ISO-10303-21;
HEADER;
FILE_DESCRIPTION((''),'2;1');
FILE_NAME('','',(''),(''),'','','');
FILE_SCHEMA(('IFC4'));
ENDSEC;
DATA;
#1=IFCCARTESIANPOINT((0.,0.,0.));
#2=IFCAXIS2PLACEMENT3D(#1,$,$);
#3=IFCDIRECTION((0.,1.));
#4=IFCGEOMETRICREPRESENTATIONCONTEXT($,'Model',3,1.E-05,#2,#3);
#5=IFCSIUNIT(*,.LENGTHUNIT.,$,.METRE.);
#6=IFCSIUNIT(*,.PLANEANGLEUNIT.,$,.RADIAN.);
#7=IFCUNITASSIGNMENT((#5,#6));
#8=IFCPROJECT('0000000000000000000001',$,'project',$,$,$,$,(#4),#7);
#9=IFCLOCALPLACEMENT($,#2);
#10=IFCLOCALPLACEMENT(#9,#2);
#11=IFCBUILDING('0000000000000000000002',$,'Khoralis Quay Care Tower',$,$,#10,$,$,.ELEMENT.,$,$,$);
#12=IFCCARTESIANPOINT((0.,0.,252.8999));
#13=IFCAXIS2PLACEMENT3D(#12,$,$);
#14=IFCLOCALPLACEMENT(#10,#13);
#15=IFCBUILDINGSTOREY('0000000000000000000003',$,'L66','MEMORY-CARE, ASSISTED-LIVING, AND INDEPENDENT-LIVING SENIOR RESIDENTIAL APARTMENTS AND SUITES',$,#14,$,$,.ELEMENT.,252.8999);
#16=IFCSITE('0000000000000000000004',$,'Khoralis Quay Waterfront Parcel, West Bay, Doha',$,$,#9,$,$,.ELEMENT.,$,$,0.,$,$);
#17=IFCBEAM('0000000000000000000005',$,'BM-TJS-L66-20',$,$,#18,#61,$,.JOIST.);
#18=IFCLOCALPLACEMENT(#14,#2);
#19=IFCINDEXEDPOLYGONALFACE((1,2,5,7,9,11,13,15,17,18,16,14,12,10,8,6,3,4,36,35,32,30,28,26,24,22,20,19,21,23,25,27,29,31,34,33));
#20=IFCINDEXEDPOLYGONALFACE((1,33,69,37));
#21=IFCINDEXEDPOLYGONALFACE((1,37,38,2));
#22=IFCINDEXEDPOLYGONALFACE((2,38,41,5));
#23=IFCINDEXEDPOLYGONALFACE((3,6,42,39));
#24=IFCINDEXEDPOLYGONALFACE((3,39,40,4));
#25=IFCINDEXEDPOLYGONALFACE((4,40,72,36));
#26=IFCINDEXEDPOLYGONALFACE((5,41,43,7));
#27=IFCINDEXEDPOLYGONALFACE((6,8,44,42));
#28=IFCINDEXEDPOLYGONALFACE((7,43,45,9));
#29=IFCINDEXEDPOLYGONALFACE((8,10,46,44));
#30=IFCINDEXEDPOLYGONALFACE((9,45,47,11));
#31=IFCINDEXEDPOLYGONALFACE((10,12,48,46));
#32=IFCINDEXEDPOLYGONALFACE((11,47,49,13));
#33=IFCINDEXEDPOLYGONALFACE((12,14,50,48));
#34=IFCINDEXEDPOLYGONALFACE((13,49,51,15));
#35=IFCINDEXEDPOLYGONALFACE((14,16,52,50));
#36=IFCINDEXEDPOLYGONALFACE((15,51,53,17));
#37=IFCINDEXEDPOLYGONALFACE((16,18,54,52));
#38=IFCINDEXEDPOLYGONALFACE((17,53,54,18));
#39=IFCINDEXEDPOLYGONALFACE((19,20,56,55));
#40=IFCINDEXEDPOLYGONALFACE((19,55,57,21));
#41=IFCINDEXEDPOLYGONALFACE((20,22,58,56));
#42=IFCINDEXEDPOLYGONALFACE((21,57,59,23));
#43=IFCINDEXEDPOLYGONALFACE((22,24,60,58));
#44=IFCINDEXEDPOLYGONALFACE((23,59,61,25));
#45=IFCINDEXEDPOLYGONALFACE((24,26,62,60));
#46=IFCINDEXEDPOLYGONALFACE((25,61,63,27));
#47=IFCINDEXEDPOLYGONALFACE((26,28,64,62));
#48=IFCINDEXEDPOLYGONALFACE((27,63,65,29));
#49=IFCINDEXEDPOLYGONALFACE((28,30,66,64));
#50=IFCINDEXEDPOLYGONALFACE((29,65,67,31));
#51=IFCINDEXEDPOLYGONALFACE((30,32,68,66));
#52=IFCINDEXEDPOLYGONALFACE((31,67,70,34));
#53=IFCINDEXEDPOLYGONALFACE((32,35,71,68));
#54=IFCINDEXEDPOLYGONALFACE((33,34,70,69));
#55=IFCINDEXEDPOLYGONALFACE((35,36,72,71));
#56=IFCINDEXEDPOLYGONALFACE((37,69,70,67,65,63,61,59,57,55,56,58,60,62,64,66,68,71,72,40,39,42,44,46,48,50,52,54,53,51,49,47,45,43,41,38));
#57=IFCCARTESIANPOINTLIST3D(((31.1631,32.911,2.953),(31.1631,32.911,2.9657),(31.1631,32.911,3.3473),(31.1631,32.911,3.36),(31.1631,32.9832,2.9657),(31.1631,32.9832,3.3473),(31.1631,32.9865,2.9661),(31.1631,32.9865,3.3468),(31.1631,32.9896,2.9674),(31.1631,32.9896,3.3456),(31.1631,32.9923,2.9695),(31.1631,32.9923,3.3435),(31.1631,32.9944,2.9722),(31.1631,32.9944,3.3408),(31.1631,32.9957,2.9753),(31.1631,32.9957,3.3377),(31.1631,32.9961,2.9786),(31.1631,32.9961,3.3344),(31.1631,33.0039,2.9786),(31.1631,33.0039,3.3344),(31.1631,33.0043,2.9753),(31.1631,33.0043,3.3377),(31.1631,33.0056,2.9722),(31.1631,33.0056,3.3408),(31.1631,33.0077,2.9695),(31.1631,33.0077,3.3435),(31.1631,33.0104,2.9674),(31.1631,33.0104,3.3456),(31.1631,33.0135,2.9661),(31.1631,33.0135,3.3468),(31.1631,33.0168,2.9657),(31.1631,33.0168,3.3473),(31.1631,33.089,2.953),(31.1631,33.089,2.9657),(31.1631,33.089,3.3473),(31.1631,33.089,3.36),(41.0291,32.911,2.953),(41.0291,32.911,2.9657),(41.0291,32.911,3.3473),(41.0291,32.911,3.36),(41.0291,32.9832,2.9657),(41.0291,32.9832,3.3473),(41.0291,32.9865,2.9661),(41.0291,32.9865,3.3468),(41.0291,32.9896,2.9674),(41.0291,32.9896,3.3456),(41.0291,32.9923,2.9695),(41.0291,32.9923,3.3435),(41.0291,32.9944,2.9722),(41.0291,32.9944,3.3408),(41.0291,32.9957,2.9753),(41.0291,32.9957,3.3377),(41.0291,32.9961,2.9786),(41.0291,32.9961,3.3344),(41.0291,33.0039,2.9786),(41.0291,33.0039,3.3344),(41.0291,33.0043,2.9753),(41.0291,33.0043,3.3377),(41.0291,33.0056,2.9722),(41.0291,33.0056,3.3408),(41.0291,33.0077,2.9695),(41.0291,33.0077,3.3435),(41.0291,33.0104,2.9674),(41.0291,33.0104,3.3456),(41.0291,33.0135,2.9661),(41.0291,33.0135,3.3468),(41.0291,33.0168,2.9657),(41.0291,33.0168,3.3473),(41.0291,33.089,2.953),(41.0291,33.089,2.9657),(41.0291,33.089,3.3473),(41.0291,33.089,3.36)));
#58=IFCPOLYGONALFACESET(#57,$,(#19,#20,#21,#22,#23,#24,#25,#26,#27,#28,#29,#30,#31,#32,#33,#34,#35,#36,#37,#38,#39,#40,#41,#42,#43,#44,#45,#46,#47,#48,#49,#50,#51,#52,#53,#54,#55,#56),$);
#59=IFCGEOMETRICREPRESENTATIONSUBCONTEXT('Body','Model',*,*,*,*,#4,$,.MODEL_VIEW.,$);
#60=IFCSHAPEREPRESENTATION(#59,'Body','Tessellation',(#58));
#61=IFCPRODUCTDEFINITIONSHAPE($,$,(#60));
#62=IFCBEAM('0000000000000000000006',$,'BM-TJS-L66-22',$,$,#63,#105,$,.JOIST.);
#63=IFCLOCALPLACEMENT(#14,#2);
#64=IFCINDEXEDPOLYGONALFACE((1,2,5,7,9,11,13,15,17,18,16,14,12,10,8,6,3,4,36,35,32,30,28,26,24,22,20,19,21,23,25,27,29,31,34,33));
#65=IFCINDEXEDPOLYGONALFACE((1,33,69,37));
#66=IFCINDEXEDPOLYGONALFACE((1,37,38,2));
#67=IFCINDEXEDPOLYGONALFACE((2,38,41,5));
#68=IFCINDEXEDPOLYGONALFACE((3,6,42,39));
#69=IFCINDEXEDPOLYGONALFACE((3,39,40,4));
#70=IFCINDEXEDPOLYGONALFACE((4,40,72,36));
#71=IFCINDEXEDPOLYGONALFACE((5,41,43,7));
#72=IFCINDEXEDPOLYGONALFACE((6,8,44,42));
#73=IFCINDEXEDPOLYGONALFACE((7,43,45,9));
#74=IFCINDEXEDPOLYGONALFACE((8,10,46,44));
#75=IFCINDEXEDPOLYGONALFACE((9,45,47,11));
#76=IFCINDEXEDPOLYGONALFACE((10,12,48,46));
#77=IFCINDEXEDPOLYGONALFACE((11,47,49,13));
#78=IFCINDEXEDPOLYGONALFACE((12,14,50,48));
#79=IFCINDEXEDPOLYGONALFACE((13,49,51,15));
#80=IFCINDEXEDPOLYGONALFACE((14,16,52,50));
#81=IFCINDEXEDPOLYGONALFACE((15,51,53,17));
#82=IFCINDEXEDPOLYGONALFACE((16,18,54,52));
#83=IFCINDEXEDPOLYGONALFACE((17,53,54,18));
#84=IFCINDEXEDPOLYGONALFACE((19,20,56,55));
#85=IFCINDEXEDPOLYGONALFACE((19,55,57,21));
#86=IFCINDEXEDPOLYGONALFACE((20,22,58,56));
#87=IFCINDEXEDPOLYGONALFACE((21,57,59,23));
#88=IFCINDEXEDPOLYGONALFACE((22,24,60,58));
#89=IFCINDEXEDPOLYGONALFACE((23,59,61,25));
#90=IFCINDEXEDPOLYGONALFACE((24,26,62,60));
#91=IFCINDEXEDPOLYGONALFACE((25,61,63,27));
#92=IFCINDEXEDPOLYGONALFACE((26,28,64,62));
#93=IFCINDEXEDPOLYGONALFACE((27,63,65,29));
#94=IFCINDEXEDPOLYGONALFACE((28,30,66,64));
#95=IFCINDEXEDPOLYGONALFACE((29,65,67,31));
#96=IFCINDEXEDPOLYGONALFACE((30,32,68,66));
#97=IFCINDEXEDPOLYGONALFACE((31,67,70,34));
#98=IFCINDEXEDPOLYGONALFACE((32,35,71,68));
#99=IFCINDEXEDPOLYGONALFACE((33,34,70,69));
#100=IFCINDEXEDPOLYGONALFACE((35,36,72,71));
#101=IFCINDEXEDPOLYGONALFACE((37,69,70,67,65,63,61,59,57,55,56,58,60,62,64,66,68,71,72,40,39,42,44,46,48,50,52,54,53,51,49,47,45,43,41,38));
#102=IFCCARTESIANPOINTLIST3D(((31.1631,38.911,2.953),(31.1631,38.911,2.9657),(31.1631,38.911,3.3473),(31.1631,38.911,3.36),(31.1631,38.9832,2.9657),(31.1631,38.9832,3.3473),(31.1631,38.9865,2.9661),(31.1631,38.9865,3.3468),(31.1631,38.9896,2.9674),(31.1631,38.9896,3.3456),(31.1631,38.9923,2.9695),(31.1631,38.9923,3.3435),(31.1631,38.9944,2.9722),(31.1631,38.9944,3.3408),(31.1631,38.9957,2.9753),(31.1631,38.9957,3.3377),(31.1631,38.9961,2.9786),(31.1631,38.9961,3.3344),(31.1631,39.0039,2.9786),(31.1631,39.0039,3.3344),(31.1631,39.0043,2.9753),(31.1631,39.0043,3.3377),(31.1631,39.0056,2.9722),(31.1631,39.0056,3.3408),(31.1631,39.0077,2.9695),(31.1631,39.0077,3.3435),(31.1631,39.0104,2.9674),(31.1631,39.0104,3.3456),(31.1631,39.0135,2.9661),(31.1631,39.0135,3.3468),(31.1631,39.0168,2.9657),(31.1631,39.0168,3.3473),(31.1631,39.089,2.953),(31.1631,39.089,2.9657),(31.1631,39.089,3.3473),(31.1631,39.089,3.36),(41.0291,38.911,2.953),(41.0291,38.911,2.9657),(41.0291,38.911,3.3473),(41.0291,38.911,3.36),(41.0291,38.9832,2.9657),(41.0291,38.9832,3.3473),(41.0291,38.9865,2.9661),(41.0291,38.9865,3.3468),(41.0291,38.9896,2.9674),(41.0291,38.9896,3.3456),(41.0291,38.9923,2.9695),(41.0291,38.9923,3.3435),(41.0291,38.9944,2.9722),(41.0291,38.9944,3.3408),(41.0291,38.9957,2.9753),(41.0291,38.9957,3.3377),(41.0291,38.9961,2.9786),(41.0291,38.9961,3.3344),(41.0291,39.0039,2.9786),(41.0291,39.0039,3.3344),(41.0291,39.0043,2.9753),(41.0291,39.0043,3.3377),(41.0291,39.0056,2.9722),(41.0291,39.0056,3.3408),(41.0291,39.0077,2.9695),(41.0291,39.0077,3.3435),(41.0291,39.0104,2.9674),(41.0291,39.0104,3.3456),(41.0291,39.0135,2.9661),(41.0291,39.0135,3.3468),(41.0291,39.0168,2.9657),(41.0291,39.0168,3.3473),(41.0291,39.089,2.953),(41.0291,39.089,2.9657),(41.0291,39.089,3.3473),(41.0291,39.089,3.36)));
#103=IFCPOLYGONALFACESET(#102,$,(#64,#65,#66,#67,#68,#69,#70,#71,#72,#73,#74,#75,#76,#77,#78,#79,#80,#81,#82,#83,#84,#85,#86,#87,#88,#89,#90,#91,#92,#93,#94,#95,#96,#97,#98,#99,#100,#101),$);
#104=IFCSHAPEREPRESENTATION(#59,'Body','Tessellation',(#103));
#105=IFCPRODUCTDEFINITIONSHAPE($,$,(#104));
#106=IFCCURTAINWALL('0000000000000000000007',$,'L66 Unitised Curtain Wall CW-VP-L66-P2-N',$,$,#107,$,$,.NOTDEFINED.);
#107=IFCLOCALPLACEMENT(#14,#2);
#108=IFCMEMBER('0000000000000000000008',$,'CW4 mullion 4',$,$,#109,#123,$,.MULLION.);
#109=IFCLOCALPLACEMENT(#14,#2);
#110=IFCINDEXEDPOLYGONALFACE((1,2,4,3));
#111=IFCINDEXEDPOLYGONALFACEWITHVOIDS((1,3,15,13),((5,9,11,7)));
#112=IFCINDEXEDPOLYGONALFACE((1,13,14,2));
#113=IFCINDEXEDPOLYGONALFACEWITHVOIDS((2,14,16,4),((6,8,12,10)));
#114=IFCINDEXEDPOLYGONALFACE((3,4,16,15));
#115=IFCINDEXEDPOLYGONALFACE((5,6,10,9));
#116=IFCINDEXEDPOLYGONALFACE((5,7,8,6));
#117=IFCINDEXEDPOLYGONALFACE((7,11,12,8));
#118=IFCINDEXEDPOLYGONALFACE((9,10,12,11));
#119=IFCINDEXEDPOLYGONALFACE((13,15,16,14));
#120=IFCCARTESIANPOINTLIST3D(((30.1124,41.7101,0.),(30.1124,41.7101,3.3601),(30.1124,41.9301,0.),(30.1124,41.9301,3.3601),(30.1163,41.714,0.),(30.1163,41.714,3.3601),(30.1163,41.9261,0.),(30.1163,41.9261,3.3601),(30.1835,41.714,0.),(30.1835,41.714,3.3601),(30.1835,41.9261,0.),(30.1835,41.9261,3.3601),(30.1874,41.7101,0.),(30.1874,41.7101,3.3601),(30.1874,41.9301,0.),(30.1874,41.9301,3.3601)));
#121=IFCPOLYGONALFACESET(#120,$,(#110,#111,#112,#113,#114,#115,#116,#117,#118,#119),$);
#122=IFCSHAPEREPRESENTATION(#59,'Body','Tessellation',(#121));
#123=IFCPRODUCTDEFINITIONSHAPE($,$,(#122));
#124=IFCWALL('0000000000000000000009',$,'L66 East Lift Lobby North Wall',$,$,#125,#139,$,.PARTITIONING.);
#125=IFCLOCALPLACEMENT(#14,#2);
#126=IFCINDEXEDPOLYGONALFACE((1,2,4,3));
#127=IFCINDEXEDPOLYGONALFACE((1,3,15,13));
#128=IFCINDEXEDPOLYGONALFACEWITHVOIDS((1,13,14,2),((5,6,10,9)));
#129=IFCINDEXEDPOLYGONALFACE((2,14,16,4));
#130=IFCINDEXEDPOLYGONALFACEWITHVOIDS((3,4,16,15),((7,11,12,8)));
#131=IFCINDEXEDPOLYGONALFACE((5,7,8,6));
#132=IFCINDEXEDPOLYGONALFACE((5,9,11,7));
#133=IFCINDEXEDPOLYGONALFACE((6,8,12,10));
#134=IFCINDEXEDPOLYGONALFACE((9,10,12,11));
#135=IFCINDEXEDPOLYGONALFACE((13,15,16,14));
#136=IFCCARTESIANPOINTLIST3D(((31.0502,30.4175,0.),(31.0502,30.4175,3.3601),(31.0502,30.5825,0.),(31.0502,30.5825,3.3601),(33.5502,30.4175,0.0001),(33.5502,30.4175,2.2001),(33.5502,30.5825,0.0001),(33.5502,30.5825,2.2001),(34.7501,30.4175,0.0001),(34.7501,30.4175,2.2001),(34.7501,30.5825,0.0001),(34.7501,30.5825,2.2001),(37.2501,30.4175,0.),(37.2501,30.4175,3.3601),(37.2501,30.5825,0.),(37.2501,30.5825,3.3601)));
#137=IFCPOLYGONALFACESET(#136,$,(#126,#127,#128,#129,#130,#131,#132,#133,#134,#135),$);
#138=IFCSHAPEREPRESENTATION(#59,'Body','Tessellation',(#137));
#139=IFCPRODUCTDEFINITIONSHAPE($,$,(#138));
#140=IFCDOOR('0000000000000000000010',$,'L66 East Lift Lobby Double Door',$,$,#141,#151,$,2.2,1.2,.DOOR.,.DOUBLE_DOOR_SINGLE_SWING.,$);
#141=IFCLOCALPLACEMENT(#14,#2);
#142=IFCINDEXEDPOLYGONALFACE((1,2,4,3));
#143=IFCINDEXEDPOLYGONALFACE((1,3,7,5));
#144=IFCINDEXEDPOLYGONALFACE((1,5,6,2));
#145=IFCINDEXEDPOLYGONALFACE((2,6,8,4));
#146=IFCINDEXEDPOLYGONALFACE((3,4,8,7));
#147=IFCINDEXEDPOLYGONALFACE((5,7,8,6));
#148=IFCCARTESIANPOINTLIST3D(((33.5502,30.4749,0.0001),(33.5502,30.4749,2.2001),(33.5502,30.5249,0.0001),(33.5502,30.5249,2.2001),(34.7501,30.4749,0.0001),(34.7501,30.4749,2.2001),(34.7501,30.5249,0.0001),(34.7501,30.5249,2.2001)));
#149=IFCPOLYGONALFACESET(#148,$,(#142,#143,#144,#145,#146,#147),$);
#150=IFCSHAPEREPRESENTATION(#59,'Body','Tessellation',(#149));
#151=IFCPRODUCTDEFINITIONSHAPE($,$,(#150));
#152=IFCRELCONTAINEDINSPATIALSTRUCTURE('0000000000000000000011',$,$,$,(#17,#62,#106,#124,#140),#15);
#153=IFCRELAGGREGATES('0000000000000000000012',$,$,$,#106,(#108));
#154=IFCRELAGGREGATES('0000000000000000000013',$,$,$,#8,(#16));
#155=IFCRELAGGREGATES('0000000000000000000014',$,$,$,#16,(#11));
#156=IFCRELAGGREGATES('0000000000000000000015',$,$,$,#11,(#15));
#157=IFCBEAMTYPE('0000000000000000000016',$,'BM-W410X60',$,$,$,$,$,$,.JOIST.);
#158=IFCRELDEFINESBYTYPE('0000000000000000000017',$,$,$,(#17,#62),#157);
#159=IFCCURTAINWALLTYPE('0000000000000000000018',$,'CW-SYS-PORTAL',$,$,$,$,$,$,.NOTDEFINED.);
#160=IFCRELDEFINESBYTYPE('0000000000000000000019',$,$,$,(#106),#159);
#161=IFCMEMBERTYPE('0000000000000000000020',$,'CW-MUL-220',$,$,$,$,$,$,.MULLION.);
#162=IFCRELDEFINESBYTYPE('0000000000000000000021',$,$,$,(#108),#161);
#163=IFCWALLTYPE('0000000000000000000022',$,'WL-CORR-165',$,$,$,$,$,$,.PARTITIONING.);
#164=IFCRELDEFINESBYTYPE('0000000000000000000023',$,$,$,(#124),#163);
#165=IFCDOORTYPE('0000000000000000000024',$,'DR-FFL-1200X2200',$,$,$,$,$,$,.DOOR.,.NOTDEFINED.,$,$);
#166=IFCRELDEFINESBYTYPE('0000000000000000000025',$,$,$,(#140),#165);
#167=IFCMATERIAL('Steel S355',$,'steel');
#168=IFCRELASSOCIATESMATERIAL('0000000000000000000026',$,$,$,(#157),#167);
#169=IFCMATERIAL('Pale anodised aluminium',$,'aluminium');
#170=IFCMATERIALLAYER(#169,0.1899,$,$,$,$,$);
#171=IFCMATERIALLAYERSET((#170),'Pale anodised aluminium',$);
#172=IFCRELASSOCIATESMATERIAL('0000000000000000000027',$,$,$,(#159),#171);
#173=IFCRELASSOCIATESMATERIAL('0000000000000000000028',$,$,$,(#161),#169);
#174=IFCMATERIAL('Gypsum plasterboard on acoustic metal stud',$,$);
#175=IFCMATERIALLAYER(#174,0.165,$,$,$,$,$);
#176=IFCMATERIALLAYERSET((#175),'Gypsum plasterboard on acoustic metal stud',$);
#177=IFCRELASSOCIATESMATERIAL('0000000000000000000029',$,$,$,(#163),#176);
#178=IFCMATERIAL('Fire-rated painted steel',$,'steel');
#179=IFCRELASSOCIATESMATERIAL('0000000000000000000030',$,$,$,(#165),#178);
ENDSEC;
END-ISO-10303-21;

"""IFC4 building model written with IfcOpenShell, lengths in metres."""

from ifc_helpers import new_model, si_unit, direction, frame, frame_2d, origin, origin_2d, place, context, subcontext, project, spatial, rectangle, hollow_rectangle, i_section, extrude, source, transform, mapped, material, layer, layer_set, material_profile, profile_set, type_object, element, fill, aggregate, save


model = new_model("IFC4")

# Units and contexts
model_context = context("Model", 3, precision=1e-05, world=origin(), true_north=direction((0.0, 1.0)))
body_context = subcontext(model_context, "Body", "Model", "MODEL_VIEW")
ifc_project = project(units=[si_unit("LENGTHUNIT", "METRE"), si_unit("PLANEANGLEUNIT", "RADIAN")], contexts=[model_context])

# Site, building, storey
site_placement = place(None, origin())
site = spatial("IfcSite", under=ifc_project, at=site_placement, Name="Khoralis Quay Waterfront Parcel, West Bay, Doha", CompositionType="ELEMENT", RefElevation=0.0)
building_placement = place(site_placement, origin())
building = spatial("IfcBuilding", under=site, at=building_placement, Name="Khoralis Quay Care Tower", CompositionType="ELEMENT")
storey_placement = place(building_placement, frame((0.0, 0.0, 252.8999)))
storey = spatial("IfcBuildingStorey", under=building, at=storey_placement, Name="L66", Description="MEMORY-CARE, ASSISTED-LIVING, AND INDEPENDENT-LIVING SENIOR RESIDENTIAL APARTMENTS AND SUITES", CompositionType="ELEMENT", Elevation=252.8999)

# Beams
ifc_material_1 = material(Name="Steel S355", Category="steel")
ifc_material_profile_1 = material_profile(ifc_material_1, i_section(OverallWidth=0.178, OverallDepth=0.407, WebThickness=0.0078, FlangeThickness=0.0127, FilletRadius=0.0129, at=origin_2d()), Name="Steel S355")
ifc_profile_set_1 = profile_set([ifc_material_profile_1], Name="Steel S355")
beam_type_1 = type_object("IfcBeamType", Name="BM-W410X60", PredefinedType="JOIST", material=ifc_profile_set_1)
shared_shape_1 = source(origin(), body_context, "Body", "SweptSolid", [
    extrude(i_section(OverallWidth=0.178, OverallDepth=0.407, WebThickness=0.0078, FlangeThickness=0.0127, FilletRadius=0.0129, at=origin_2d()), origin(), (0.0, 0.0, 1.0), 9.866),
])
for number, where, z_axis, x_axis, name in (
    (1, (31.1631, 33.0, 3.1565), (1.0, 0.0, 0.0), (0.0, 1.0, 0.0), "BM-TJS-L66-20"),
    (2, (31.1631, 39.0, 3.1565), (1.0, 0.0, 0.0), (0.0, 1.0, 0.0), "BM-TJS-L66-22"),
):
    element("IfcBeam", number, at=place(storey_placement, frame(where, z_axis=z_axis, x_axis=x_axis)), inside=storey, type_object=beam_type_1, Name=name, PredefinedType="JOIST", context=body_context, shape_type="MappedRepresentation", body=[
        mapped(shared_shape_1, transform((0.0, 0.0, 0.0), scale=1.0)),
    ])

# Curtain wall, member
ifc_material_2 = material(Name="Pale anodised aluminium", Category="aluminium")
ifc_layer_1 = layer(ifc_material_2, 0.1899)
ifc_layer_set_1 = layer_set([ifc_layer_1], Name="Pale anodised aluminium")
curtain_wall_type = type_object("IfcCurtainWallType", Name="CW-SYS-PORTAL", PredefinedType="NOTDEFINED", material=ifc_layer_set_1)
curtain_wall_placement = place(storey_placement, origin())
curtain_wall = element("IfcCurtainWall", 3, at=curtain_wall_placement, inside=storey, type_object=curtain_wall_type, Name="L66 Unitised Curtain Wall CW-VP-L66-P2-N", PredefinedType="NOTDEFINED")
ifc_material_profile_2 = material_profile(ifc_material_2, hollow_rectangle(XDim=0.075, YDim=0.22, WallThickness=0.0039, at=origin_2d()), Name="Pale anodised aluminium")
ifc_profile_set_2 = profile_set([ifc_material_profile_2], Name="Pale anodised aluminium")
member_type = type_object("IfcMemberType", Name="CW-MUL-220", PredefinedType="MULLION", material=ifc_profile_set_2)
shared_shape_2 = source(origin(), body_context, "Body", "SweptSolid", [
    extrude(hollow_rectangle(XDim=0.075, YDim=0.22, WallThickness=0.0039, at=origin_2d()), origin(), (0.0, 0.0, 1.0), 3.3601),
])
member_placement = place(storey_placement, frame((30.1499, 41.8201, 0.0), z_axis=(0.0, 0.0, 1.0), x_axis=(-1.0, 0.0, 0.0)))
member = element("IfcMember", 4, at=member_placement, type_object=member_type, Name="CW4 mullion 4", PredefinedType="MULLION", context=body_context, shape_type="MappedRepresentation", body=[
    mapped(shared_shape_2, transform((0.0, 0.0, 0.0), scale=1.0)),
])
aggregate(curtain_wall, [member])

# Wall, opening, door
ifc_material_3 = material(Name="Gypsum plasterboard on acoustic metal stud")
ifc_layer_2 = layer(ifc_material_3, 0.165)
ifc_layer_set_2 = layer_set([ifc_layer_2], Name="Gypsum plasterboard on acoustic metal stud")
wall_type_1 = type_object("IfcWallType", Name="WL-CORR-165", PredefinedType="PARTITIONING", material=ifc_layer_set_2)
wall_1_placement = place(storey_placement, frame((31.05, 30.5, 0.0), z_axis=(0.0, 0.0, 1.0), x_axis=(1.0, 0.0, 0.0)))
wall_1 = element("IfcWall", 5, at=wall_1_placement, inside=storey, type_object=wall_type_1, Name="L66 East Lift Lobby North Wall", PredefinedType="PARTITIONING", context=body_context, shape_type="SweptSolid", body=[
    extrude(rectangle(XDim=6.2, YDim=0.165, at=frame_2d((3.1001, 0.0))), origin(), (0.0, 0.0, 1.0), 3.3601),
])
opening_1_placement = place(wall_1_placement, frame((2.5, 0.0, 0.0)))
opening_1 = element("IfcOpeningElement", 6, at=opening_1_placement, cuts=wall_1, PredefinedType="OPENING", context=body_context, shape_type="SweptSolid", body=[
    extrude(rectangle(XDim=1.2, YDim=2.2, at=frame_2d((0.6001, 1.1001))), frame((0.0, 0.0925, 0.0), z_axis=(0.0, -1.0, 0.0), x_axis=(1.0, 0.0, 0.0)), (0.0, 0.0, 1.0), 0.1851),
])
ifc_material_4 = material(Name="Fire-rated painted steel", Category="steel")
door_type_1 = type_object("IfcDoorType", Name="DR-FFL-1200X2200", OperationType="NOTDEFINED", PredefinedType="DOOR", material=ifc_material_4)
shared_shape_3 = source(origin(), body_context, "Body", "SweptSolid", [
    extrude(rectangle(XDim=1.2, YDim=2.2, at=frame_2d((0.6001, 1.1001))), frame((0.0, 0.0249, 0.0), z_axis=(0.0, -1.0, 0.0), x_axis=(1.0, 0.0, 0.0)), (0.0, 0.0, 1.0), 0.05),
])
door_1_placement = place(opening_1_placement, origin())
door_1 = element("IfcDoor", 7, at=door_1_placement, inside=storey, type_object=door_type_1, Name="L66 East Lift Lobby Double Door", OperationType="DOUBLE_DOOR_SINGLE_SWING", OverallHeight=2.2, OverallWidth=1.2, PredefinedType="DOOR", context=body_context, shape_type="MappedRepresentation", body=[
    mapped(shared_shape_3, transform((0.0, 0.0, 0.0), scale=1.0)),
])
fill(opening_1, door_1)

save(model, "model.ifc")
